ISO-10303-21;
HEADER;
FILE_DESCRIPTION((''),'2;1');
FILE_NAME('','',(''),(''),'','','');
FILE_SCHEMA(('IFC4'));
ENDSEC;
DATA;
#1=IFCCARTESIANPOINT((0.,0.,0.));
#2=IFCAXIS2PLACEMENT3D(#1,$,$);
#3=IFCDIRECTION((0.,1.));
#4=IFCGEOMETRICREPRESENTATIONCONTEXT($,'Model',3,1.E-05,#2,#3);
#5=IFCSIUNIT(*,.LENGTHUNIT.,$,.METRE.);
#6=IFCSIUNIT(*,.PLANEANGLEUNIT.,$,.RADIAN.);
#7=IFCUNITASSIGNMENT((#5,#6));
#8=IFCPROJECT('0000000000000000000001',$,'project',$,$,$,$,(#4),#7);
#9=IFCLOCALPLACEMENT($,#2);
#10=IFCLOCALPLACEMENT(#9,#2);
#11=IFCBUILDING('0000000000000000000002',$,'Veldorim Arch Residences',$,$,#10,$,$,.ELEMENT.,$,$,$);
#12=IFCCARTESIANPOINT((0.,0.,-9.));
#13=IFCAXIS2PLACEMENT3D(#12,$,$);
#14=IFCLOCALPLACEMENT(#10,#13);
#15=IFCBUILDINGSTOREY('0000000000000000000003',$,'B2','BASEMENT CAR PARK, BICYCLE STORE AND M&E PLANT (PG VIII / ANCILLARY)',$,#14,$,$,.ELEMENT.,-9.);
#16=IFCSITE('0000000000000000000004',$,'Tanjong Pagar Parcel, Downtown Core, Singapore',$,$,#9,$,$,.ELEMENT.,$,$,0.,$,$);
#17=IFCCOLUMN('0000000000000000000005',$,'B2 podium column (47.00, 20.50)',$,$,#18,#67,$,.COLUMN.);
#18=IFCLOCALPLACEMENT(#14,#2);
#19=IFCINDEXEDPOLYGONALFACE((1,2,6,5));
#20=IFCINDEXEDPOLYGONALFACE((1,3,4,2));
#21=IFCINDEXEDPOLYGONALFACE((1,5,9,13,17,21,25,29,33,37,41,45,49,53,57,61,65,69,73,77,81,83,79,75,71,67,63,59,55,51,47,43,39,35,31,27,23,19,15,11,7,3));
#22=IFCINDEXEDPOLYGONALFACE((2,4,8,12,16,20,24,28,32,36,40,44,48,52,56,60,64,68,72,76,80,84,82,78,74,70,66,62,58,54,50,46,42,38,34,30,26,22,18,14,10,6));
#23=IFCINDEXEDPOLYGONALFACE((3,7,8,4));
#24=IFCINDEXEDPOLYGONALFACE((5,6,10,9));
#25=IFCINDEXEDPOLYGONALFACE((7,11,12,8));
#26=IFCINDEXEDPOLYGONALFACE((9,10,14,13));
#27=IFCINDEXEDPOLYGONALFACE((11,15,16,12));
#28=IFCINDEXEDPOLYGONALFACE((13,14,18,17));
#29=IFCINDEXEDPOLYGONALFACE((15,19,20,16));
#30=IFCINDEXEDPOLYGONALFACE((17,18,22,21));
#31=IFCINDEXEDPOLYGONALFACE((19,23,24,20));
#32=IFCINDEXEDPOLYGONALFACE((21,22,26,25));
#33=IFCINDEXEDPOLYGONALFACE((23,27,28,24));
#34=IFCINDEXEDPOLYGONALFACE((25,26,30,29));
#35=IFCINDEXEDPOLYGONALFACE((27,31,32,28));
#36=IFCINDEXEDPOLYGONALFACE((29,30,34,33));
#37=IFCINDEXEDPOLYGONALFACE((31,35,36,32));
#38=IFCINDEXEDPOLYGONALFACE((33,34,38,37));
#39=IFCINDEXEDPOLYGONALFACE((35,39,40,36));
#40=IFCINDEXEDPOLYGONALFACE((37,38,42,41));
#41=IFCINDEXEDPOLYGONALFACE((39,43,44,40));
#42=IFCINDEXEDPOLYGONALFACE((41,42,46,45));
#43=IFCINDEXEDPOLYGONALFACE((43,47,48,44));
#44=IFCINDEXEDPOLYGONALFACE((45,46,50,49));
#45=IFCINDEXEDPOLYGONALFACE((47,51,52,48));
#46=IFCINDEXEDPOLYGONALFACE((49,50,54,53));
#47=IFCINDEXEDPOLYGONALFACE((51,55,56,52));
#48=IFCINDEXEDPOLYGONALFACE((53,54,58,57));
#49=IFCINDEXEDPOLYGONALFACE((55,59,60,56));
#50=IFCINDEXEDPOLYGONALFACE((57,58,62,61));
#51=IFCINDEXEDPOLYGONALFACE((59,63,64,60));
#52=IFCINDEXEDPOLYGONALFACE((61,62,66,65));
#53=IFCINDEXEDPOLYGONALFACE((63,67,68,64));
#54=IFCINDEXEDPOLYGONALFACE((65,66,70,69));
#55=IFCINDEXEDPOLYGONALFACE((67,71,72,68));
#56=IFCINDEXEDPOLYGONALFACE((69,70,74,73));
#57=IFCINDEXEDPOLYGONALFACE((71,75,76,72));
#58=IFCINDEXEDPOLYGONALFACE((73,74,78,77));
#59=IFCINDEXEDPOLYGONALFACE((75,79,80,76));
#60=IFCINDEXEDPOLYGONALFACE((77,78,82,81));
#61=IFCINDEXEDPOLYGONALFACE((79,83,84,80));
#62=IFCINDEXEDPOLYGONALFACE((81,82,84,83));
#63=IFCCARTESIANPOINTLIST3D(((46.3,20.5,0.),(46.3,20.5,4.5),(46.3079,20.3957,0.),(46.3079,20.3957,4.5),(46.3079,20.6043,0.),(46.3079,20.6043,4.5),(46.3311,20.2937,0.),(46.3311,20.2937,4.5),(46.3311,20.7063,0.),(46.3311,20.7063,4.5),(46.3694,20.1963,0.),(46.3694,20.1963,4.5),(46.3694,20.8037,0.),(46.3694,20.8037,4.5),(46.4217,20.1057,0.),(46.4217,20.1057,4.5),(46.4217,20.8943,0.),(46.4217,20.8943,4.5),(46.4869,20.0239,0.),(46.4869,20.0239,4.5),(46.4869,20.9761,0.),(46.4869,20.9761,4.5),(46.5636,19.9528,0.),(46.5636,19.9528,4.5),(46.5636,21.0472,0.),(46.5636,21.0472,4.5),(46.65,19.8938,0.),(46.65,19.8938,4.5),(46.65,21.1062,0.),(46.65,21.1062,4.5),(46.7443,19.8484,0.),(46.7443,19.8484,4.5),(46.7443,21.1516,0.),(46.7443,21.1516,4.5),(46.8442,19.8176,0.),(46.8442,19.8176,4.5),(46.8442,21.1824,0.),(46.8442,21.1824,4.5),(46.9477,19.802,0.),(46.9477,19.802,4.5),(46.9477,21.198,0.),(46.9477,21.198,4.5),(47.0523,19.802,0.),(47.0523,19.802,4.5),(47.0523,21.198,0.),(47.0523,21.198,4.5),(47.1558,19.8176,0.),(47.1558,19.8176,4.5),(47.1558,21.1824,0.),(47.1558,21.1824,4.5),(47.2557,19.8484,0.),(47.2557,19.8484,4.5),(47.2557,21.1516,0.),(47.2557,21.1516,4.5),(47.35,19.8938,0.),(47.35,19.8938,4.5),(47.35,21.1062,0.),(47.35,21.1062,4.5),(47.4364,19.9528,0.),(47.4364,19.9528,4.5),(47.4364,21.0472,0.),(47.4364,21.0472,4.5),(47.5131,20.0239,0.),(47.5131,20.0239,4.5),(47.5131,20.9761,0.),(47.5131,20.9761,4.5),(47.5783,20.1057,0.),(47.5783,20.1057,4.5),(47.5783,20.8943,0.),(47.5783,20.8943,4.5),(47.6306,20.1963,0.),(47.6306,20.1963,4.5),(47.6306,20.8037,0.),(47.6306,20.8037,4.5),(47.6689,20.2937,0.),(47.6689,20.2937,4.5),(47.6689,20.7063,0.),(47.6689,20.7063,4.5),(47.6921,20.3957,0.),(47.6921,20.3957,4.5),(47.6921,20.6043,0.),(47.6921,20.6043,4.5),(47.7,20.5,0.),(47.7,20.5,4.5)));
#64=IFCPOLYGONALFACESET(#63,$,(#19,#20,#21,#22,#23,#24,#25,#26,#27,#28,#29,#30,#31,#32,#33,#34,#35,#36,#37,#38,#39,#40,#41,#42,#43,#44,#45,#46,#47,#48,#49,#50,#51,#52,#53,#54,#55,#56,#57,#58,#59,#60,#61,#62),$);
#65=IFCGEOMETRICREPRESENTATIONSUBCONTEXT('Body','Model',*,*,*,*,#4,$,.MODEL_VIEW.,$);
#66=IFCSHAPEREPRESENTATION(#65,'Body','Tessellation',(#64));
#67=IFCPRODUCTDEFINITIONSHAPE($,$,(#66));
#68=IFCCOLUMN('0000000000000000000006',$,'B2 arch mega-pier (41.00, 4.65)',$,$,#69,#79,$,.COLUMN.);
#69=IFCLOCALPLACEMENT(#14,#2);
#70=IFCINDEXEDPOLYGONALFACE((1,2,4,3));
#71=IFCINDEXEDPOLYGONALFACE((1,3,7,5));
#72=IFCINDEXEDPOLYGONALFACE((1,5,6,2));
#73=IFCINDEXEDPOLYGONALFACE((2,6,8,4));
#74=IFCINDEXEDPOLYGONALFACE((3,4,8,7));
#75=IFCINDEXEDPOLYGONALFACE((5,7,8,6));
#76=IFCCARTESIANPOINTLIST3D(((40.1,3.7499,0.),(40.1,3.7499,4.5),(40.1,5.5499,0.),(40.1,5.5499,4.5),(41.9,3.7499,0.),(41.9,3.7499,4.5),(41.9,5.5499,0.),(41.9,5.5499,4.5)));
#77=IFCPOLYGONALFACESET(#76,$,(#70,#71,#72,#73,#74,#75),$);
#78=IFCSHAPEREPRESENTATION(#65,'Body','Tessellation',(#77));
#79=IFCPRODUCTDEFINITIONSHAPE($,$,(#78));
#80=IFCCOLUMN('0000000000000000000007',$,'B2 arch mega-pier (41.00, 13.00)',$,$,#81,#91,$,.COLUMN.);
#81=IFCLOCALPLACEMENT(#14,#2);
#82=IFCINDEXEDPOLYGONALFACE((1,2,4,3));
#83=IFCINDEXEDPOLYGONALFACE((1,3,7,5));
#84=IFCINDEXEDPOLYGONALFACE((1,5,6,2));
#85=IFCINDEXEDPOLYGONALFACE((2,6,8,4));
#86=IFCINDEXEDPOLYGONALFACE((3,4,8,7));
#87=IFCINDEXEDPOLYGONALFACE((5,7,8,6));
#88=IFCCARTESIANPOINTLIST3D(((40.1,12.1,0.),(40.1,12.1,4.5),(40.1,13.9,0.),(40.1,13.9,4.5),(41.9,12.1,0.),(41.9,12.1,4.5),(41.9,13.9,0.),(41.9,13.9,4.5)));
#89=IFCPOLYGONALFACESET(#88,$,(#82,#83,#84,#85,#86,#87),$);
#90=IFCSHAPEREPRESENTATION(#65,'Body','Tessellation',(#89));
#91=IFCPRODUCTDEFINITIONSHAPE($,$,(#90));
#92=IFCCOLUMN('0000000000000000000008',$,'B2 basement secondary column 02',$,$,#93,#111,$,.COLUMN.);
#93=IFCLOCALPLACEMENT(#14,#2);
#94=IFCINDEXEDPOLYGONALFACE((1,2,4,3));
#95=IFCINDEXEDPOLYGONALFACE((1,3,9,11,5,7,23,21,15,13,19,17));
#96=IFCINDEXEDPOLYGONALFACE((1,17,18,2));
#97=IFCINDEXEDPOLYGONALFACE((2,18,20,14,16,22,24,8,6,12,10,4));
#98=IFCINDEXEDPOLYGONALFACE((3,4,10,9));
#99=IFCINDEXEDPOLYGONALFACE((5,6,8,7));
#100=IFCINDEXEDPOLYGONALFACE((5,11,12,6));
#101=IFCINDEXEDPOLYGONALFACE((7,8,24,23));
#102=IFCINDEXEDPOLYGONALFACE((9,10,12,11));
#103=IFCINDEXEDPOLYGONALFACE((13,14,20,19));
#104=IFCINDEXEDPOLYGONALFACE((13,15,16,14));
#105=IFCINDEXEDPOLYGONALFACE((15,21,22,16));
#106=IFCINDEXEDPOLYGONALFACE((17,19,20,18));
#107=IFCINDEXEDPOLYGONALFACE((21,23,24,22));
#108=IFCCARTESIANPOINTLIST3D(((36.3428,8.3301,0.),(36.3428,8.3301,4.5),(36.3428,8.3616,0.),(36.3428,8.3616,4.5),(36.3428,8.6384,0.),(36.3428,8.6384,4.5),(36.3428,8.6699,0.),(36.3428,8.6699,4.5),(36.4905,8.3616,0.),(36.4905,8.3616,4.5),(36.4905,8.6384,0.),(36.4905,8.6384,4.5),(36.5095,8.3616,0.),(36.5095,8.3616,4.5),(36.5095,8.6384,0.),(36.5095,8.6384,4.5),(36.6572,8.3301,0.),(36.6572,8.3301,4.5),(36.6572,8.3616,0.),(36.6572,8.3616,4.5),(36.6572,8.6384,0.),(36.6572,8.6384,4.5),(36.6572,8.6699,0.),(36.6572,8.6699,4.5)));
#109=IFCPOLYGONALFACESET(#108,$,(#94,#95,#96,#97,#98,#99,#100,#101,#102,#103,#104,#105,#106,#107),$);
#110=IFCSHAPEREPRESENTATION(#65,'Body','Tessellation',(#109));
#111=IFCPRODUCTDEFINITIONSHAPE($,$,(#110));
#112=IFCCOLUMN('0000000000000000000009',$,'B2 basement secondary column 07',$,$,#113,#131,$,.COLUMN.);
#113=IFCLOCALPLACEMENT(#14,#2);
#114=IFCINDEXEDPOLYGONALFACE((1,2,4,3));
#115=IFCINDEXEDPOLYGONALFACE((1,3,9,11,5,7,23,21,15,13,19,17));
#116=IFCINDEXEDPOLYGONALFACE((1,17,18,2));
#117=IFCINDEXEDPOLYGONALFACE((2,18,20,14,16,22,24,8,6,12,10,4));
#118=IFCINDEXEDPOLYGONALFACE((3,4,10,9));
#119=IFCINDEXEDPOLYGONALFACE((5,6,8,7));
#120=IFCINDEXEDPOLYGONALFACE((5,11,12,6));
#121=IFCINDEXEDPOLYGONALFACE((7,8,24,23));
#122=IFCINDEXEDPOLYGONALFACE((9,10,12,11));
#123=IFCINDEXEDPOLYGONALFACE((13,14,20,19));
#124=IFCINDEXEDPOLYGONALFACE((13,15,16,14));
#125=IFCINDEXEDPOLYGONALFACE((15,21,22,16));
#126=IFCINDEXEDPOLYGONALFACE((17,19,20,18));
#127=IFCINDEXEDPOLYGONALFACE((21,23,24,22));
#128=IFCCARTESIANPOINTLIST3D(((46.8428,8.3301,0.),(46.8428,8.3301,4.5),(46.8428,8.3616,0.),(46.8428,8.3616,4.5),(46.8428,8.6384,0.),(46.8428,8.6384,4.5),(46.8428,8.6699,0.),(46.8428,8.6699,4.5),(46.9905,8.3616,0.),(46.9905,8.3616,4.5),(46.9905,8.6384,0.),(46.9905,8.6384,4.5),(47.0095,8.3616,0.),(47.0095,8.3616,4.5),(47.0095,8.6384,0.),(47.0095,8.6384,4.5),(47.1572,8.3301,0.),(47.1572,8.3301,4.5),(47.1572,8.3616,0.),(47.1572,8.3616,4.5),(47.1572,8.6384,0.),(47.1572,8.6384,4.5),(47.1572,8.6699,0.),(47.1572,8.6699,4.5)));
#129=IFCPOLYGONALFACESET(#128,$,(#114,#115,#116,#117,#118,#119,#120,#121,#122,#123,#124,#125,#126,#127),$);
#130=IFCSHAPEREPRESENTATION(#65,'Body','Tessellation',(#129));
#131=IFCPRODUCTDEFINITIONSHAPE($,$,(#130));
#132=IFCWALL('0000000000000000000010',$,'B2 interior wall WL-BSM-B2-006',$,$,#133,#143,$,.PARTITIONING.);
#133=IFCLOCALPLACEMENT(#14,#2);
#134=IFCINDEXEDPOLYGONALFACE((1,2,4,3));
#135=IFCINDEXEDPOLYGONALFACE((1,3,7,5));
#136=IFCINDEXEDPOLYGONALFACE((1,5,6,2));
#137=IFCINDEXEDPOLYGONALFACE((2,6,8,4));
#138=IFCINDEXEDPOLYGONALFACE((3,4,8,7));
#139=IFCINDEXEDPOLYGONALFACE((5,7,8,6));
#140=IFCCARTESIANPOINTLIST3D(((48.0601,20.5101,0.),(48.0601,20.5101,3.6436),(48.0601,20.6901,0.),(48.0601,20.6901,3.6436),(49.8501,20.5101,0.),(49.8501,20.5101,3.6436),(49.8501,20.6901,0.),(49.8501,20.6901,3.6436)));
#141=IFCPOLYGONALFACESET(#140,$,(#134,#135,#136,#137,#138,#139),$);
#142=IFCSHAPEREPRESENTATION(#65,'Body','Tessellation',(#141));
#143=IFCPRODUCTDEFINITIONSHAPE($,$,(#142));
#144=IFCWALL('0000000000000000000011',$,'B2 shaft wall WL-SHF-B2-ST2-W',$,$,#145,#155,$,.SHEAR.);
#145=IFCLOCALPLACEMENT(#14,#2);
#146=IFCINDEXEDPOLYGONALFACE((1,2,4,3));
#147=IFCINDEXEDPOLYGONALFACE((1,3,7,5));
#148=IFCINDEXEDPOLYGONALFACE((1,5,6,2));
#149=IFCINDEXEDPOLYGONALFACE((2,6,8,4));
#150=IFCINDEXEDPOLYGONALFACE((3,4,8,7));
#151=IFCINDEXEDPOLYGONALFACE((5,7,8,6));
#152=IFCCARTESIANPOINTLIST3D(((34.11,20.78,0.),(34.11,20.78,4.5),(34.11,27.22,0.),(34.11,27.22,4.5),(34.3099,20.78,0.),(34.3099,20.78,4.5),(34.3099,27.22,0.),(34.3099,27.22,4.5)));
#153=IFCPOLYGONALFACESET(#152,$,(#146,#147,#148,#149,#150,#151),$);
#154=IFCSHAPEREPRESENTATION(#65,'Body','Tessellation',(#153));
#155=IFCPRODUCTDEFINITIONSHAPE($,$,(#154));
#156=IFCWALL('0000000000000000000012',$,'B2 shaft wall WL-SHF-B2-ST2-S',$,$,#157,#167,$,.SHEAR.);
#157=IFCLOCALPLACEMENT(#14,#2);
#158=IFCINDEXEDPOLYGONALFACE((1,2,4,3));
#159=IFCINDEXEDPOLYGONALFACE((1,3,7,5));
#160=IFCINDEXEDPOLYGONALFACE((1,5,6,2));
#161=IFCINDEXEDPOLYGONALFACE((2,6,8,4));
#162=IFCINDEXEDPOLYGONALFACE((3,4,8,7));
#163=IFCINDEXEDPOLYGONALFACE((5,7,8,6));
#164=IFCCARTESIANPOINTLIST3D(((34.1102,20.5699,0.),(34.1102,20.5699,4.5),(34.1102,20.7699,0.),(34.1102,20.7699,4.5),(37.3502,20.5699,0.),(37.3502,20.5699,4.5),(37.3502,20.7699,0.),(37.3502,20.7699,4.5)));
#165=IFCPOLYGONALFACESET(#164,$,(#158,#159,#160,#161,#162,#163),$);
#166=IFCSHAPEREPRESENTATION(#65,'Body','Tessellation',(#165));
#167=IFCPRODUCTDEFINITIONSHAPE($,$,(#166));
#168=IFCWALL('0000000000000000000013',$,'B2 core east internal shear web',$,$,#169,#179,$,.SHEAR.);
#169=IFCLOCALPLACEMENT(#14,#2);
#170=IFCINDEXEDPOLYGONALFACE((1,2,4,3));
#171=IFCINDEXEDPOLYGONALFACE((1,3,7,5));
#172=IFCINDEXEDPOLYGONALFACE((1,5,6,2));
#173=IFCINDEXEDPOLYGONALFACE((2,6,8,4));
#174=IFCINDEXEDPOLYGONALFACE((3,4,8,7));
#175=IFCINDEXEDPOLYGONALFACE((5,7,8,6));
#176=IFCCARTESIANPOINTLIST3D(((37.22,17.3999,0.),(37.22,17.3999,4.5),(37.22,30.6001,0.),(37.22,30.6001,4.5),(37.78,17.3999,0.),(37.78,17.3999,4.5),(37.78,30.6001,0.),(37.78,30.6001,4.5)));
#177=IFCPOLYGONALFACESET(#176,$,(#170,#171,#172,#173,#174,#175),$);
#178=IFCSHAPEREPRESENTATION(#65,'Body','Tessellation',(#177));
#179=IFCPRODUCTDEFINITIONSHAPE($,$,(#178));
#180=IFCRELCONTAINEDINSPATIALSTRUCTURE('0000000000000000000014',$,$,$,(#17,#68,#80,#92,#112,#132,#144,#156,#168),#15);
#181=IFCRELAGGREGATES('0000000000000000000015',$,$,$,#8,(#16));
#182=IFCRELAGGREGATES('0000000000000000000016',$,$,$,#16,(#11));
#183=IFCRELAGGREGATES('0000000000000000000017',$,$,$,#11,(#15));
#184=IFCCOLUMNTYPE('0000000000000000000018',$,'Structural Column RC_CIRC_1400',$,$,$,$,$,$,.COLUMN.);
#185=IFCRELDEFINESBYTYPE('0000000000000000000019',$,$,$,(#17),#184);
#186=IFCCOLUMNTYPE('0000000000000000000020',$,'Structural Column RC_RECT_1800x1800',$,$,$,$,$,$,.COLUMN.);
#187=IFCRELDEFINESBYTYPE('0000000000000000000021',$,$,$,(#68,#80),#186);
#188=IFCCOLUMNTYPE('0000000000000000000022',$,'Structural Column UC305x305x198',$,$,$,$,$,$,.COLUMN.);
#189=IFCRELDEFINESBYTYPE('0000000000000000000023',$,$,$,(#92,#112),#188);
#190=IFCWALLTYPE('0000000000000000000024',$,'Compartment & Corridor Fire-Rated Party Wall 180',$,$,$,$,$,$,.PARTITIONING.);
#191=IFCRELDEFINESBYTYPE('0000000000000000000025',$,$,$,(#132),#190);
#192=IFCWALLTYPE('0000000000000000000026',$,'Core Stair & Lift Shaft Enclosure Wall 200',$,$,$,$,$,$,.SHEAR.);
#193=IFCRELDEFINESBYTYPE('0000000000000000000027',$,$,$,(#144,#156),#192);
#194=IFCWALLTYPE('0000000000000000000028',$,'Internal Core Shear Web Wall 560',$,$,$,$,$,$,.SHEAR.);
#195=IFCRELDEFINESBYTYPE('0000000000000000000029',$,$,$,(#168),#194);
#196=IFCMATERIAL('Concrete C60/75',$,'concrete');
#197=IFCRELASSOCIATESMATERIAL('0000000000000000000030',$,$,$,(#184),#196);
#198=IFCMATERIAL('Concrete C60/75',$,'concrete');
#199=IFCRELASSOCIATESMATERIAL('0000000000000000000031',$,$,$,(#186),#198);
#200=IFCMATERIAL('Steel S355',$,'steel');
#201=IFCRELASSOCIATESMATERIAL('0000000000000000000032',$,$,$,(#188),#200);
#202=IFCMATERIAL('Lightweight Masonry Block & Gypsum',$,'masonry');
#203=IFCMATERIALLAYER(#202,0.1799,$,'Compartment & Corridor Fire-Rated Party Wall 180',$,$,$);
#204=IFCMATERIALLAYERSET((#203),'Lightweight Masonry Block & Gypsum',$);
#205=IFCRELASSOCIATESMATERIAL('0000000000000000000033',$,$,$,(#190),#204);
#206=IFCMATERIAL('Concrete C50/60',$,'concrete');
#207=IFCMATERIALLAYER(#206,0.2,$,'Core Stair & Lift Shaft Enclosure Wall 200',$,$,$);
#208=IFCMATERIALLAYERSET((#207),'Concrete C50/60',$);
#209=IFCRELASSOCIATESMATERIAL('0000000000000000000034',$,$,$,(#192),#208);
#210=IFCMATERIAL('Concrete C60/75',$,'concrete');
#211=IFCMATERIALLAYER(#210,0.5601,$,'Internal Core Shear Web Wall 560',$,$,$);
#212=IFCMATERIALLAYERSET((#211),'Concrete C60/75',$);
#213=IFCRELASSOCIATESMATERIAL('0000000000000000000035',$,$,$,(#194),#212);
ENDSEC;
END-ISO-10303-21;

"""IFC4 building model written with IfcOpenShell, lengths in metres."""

from ifc_helpers import new_model, si_unit, direction, frame, frame_2d, origin, origin_2d, place, context, subcontext, project, spatial, rectangle, circle, i_section, extrude, material, layer, layer_set, material_profile, profile_set, type_object, element, save


model = new_model("IFC4")

# Units and contexts
model_context = context("Model", 3, precision=1e-05, world=origin(), true_north=direction((0.0, 1.0)))
body_context = subcontext(model_context, "Body", "Model", "MODEL_VIEW")
ifc_project = project(units=[si_unit("LENGTHUNIT", "METRE"), si_unit("PLANEANGLEUNIT", "RADIAN")], contexts=[model_context])

# Site, building, storey
site_placement = place(None, origin())
site = spatial("IfcSite", under=ifc_project, at=site_placement, Name="Tanjong Pagar Parcel, Downtown Core, Singapore", CompositionType="ELEMENT", RefElevation=0.0)
building_placement = place(site_placement, origin())
building = spatial("IfcBuilding", under=site, at=building_placement, Name="Veldorim Arch Residences", CompositionType="ELEMENT")
storey_placement = place(building_placement, frame((0.0, 0.0, -9.0)))
storey = spatial("IfcBuildingStorey", under=building, at=storey_placement, Name="B2", Description="BASEMENT CAR PARK, BICYCLE STORE AND M&E PLANT (PG VIII / ANCILLARY)", CompositionType="ELEMENT", Elevation=-9.0)

# Columns
ifc_material_1 = material(Name="Concrete C60/75", Category="concrete")
ifc_material_profile_1 = material_profile(ifc_material_1, circle(Radius=0.7, at=origin_2d()), Name="RC_CIRC_1400")
ifc_profile_set_1 = profile_set([ifc_material_profile_1], Name="Concrete C60/75")
column_type_1 = type_object("IfcColumnType", Name="Structural Column RC_CIRC_1400", PredefinedType="COLUMN", material=ifc_profile_set_1)
for number, where, z_axis, x_axis, name in (
    (1, (47.0, 20.5, 0.0), (0.0, 0.0, 1.0), (1.0, 0.0, 0.0), "B2 podium column (47.00, 20.50)"),
):
    element("IfcColumn", number, at=place(storey_placement, frame(where, z_axis=z_axis, x_axis=x_axis)), inside=storey, type_object=column_type_1, Name=name, PredefinedType="COLUMN", context=body_context, shape_type="SweptSolid", body=[
        extrude(circle(Radius=0.7, at=origin_2d()), origin(), (0.0, 0.0, 1.0), 4.5),
    ])
ifc_material_2 = material(Name="Concrete C60/75", Category="concrete")
ifc_material_profile_2 = material_profile(ifc_material_2, rectangle(XDim=1.8, YDim=1.8, at=origin_2d()), Name="RC_RECT_1800x1800")
ifc_profile_set_2 = profile_set([ifc_material_profile_2], Name="Concrete C60/75")
column_type_2 = type_object("IfcColumnType", Name="Structural Column RC_RECT_1800x1800", PredefinedType="COLUMN", material=ifc_profile_set_2)
for number, where, z_axis, x_axis, name in (
    (2, (41.0, 4.6499, 0.0), (0.0, 0.0, 1.0), (1.0, 0.0, 0.0), "B2 arch mega-pier (41.00, 4.65)"),
    (3, (41.0, 13.0, 0.0), (0.0, 0.0, 1.0), (1.0, 0.0, 0.0), "B2 arch mega-pier (41.00, 13.00)"),
):
    element("IfcColumn", number, at=place(storey_placement, frame(where, z_axis=z_axis, x_axis=x_axis)), inside=storey, type_object=column_type_2, Name=name, PredefinedType="COLUMN", context=body_context, shape_type="SweptSolid", body=[
        extrude(rectangle(XDim=1.8, YDim=1.8, at=origin_2d()), origin(), (0.0, 0.0, 1.0), 4.5),
    ])
ifc_material_3 = material(Name="Steel S355", Category="steel")
ifc_material_profile_3 = material_profile(ifc_material_3, i_section(OverallWidth=0.3145, OverallDepth=0.3398, WebThickness=0.019, FlangeThickness=0.0315, at=origin_2d()), Name="UC305x305x198")
ifc_profile_set_3 = profile_set([ifc_material_profile_3], Name="Steel S355")
column_type_3 = type_object("IfcColumnType", Name="Structural Column UC305x305x198", PredefinedType="COLUMN", material=ifc_profile_set_3)
for number, where, z_axis, x_axis, name in (
    (4, (36.5, 8.5, 0.0), (0.0, 0.0, 1.0), (1.0, 0.0, 0.0), "B2 basement secondary column 02"),
    (5, (47.0, 8.5, 0.0), (0.0, 0.0, 1.0), (1.0, 0.0, 0.0), "B2 basement secondary column 07"),
):
    element("IfcColumn", number, at=place(storey_placement, frame(where, z_axis=z_axis, x_axis=x_axis)), inside=storey, type_object=column_type_3, Name=name, PredefinedType="COLUMN", context=body_context, shape_type="SweptSolid", body=[
        extrude(i_section(OverallWidth=0.3145, OverallDepth=0.3398, WebThickness=0.019, FlangeThickness=0.0315, at=origin_2d()), origin(), (0.0, 0.0, 1.0), 4.5),
    ])

# Walls
ifc_material_4 = material(Name="Lightweight Masonry Block & Gypsum", Category="masonry")
ifc_layer_1 = layer(ifc_material_4, 0.1799, Name="Compartment & Corridor Fire-Rated Party Wall 180")
ifc_layer_set_1 = layer_set([ifc_layer_1], Name="Lightweight Masonry Block & Gypsum")
wall_type_1 = type_object("IfcWallType", Name="Compartment & Corridor Fire-Rated Party Wall 180", PredefinedType="PARTITIONING", material=ifc_layer_set_1)
wall_1_placement = place(storey_placement, frame((48.0601, 20.6001, 0.0), z_axis=(0.0, 0.0, 1.0), x_axis=(1.0, 0.0, 0.0)))
element("IfcWall", 6, at=wall_1_placement, inside=storey, type_object=wall_type_1, Name="B2 interior wall WL-BSM-B2-006", PredefinedType="PARTITIONING", context=body_context, shape_type="SweptSolid", body=[
    extrude(rectangle(XDim=1.79, YDim=0.1799, at=frame_2d((0.895, 0.0))), origin(), (0.0, 0.0, 1.0), 3.6436),
])
ifc_material_5 = material(Name="Concrete C50/60", Category="concrete")
ifc_layer_2 = layer(ifc_material_5, 0.2, Name="Core Stair & Lift Shaft Enclosure Wall 200")
ifc_layer_set_2 = layer_set([ifc_layer_2], Name="Concrete C50/60")
wall_type_2 = type_object("IfcWallType", Name="Core Stair & Lift Shaft Enclosure Wall 200", PredefinedType="SHEAR", material=ifc_layer_set_2)
wall_2_placement = place(storey_placement, frame((34.21, 20.78, 0.0), z_axis=(0.0, 0.0, 1.0), x_axis=(0.0, 1.0, 0.0)))
element("IfcWall", 7, at=wall_2_placement, inside=storey, type_object=wall_type_2, Name="B2 shaft wall WL-SHF-B2-ST2-W", PredefinedType="SHEAR", context=body_context, shape_type="SweptSolid", body=[
    extrude(rectangle(XDim=6.4399, YDim=0.2, at=frame_2d((3.22, 0.0))), origin(), (0.0, 0.0, 1.0), 4.5),
])
wall_3_placement = place(storey_placement, frame((34.1101, 20.6699, 0.0), z_axis=(0.0, 0.0, 1.0), x_axis=(1.0, 0.0, 0.0)))
element("IfcWall", 8, at=wall_3_placement, inside=storey, type_object=wall_type_2, Name="B2 shaft wall WL-SHF-B2-ST2-S", PredefinedType="SHEAR", context=body_context, shape_type="SweptSolid", body=[
    extrude(rectangle(XDim=3.24, YDim=0.2, at=frame_2d((1.6201, 0.0))), origin(), (0.0, 0.0, 1.0), 4.5),
])
ifc_material_6 = material(Name="Concrete C60/75", Category="concrete")
ifc_layer_3 = layer(ifc_material_6, 0.5601, Name="Internal Core Shear Web Wall 560")
ifc_layer_set_3 = layer_set([ifc_layer_3], Name="Concrete C60/75")
wall_type_3 = type_object("IfcWallType", Name="Internal Core Shear Web Wall 560", PredefinedType="SHEAR", material=ifc_layer_set_3)
wall_4_placement = place(storey_placement, frame((37.5, 17.3999, 0.0), z_axis=(0.0, 0.0, 1.0), x_axis=(0.0, 1.0, 0.0)))
element("IfcWall", 9, at=wall_4_placement, inside=storey, type_object=wall_type_3, Name="B2 core east internal shear web", PredefinedType="SHEAR", context=body_context, shape_type="SweptSolid", body=[
    extrude(rectangle(XDim=13.2002, YDim=0.5601, at=frame_2d((6.6001, 0.0))), origin(), (0.0, 0.0, 1.0), 4.5),
])

save(model, "model.ifc")
